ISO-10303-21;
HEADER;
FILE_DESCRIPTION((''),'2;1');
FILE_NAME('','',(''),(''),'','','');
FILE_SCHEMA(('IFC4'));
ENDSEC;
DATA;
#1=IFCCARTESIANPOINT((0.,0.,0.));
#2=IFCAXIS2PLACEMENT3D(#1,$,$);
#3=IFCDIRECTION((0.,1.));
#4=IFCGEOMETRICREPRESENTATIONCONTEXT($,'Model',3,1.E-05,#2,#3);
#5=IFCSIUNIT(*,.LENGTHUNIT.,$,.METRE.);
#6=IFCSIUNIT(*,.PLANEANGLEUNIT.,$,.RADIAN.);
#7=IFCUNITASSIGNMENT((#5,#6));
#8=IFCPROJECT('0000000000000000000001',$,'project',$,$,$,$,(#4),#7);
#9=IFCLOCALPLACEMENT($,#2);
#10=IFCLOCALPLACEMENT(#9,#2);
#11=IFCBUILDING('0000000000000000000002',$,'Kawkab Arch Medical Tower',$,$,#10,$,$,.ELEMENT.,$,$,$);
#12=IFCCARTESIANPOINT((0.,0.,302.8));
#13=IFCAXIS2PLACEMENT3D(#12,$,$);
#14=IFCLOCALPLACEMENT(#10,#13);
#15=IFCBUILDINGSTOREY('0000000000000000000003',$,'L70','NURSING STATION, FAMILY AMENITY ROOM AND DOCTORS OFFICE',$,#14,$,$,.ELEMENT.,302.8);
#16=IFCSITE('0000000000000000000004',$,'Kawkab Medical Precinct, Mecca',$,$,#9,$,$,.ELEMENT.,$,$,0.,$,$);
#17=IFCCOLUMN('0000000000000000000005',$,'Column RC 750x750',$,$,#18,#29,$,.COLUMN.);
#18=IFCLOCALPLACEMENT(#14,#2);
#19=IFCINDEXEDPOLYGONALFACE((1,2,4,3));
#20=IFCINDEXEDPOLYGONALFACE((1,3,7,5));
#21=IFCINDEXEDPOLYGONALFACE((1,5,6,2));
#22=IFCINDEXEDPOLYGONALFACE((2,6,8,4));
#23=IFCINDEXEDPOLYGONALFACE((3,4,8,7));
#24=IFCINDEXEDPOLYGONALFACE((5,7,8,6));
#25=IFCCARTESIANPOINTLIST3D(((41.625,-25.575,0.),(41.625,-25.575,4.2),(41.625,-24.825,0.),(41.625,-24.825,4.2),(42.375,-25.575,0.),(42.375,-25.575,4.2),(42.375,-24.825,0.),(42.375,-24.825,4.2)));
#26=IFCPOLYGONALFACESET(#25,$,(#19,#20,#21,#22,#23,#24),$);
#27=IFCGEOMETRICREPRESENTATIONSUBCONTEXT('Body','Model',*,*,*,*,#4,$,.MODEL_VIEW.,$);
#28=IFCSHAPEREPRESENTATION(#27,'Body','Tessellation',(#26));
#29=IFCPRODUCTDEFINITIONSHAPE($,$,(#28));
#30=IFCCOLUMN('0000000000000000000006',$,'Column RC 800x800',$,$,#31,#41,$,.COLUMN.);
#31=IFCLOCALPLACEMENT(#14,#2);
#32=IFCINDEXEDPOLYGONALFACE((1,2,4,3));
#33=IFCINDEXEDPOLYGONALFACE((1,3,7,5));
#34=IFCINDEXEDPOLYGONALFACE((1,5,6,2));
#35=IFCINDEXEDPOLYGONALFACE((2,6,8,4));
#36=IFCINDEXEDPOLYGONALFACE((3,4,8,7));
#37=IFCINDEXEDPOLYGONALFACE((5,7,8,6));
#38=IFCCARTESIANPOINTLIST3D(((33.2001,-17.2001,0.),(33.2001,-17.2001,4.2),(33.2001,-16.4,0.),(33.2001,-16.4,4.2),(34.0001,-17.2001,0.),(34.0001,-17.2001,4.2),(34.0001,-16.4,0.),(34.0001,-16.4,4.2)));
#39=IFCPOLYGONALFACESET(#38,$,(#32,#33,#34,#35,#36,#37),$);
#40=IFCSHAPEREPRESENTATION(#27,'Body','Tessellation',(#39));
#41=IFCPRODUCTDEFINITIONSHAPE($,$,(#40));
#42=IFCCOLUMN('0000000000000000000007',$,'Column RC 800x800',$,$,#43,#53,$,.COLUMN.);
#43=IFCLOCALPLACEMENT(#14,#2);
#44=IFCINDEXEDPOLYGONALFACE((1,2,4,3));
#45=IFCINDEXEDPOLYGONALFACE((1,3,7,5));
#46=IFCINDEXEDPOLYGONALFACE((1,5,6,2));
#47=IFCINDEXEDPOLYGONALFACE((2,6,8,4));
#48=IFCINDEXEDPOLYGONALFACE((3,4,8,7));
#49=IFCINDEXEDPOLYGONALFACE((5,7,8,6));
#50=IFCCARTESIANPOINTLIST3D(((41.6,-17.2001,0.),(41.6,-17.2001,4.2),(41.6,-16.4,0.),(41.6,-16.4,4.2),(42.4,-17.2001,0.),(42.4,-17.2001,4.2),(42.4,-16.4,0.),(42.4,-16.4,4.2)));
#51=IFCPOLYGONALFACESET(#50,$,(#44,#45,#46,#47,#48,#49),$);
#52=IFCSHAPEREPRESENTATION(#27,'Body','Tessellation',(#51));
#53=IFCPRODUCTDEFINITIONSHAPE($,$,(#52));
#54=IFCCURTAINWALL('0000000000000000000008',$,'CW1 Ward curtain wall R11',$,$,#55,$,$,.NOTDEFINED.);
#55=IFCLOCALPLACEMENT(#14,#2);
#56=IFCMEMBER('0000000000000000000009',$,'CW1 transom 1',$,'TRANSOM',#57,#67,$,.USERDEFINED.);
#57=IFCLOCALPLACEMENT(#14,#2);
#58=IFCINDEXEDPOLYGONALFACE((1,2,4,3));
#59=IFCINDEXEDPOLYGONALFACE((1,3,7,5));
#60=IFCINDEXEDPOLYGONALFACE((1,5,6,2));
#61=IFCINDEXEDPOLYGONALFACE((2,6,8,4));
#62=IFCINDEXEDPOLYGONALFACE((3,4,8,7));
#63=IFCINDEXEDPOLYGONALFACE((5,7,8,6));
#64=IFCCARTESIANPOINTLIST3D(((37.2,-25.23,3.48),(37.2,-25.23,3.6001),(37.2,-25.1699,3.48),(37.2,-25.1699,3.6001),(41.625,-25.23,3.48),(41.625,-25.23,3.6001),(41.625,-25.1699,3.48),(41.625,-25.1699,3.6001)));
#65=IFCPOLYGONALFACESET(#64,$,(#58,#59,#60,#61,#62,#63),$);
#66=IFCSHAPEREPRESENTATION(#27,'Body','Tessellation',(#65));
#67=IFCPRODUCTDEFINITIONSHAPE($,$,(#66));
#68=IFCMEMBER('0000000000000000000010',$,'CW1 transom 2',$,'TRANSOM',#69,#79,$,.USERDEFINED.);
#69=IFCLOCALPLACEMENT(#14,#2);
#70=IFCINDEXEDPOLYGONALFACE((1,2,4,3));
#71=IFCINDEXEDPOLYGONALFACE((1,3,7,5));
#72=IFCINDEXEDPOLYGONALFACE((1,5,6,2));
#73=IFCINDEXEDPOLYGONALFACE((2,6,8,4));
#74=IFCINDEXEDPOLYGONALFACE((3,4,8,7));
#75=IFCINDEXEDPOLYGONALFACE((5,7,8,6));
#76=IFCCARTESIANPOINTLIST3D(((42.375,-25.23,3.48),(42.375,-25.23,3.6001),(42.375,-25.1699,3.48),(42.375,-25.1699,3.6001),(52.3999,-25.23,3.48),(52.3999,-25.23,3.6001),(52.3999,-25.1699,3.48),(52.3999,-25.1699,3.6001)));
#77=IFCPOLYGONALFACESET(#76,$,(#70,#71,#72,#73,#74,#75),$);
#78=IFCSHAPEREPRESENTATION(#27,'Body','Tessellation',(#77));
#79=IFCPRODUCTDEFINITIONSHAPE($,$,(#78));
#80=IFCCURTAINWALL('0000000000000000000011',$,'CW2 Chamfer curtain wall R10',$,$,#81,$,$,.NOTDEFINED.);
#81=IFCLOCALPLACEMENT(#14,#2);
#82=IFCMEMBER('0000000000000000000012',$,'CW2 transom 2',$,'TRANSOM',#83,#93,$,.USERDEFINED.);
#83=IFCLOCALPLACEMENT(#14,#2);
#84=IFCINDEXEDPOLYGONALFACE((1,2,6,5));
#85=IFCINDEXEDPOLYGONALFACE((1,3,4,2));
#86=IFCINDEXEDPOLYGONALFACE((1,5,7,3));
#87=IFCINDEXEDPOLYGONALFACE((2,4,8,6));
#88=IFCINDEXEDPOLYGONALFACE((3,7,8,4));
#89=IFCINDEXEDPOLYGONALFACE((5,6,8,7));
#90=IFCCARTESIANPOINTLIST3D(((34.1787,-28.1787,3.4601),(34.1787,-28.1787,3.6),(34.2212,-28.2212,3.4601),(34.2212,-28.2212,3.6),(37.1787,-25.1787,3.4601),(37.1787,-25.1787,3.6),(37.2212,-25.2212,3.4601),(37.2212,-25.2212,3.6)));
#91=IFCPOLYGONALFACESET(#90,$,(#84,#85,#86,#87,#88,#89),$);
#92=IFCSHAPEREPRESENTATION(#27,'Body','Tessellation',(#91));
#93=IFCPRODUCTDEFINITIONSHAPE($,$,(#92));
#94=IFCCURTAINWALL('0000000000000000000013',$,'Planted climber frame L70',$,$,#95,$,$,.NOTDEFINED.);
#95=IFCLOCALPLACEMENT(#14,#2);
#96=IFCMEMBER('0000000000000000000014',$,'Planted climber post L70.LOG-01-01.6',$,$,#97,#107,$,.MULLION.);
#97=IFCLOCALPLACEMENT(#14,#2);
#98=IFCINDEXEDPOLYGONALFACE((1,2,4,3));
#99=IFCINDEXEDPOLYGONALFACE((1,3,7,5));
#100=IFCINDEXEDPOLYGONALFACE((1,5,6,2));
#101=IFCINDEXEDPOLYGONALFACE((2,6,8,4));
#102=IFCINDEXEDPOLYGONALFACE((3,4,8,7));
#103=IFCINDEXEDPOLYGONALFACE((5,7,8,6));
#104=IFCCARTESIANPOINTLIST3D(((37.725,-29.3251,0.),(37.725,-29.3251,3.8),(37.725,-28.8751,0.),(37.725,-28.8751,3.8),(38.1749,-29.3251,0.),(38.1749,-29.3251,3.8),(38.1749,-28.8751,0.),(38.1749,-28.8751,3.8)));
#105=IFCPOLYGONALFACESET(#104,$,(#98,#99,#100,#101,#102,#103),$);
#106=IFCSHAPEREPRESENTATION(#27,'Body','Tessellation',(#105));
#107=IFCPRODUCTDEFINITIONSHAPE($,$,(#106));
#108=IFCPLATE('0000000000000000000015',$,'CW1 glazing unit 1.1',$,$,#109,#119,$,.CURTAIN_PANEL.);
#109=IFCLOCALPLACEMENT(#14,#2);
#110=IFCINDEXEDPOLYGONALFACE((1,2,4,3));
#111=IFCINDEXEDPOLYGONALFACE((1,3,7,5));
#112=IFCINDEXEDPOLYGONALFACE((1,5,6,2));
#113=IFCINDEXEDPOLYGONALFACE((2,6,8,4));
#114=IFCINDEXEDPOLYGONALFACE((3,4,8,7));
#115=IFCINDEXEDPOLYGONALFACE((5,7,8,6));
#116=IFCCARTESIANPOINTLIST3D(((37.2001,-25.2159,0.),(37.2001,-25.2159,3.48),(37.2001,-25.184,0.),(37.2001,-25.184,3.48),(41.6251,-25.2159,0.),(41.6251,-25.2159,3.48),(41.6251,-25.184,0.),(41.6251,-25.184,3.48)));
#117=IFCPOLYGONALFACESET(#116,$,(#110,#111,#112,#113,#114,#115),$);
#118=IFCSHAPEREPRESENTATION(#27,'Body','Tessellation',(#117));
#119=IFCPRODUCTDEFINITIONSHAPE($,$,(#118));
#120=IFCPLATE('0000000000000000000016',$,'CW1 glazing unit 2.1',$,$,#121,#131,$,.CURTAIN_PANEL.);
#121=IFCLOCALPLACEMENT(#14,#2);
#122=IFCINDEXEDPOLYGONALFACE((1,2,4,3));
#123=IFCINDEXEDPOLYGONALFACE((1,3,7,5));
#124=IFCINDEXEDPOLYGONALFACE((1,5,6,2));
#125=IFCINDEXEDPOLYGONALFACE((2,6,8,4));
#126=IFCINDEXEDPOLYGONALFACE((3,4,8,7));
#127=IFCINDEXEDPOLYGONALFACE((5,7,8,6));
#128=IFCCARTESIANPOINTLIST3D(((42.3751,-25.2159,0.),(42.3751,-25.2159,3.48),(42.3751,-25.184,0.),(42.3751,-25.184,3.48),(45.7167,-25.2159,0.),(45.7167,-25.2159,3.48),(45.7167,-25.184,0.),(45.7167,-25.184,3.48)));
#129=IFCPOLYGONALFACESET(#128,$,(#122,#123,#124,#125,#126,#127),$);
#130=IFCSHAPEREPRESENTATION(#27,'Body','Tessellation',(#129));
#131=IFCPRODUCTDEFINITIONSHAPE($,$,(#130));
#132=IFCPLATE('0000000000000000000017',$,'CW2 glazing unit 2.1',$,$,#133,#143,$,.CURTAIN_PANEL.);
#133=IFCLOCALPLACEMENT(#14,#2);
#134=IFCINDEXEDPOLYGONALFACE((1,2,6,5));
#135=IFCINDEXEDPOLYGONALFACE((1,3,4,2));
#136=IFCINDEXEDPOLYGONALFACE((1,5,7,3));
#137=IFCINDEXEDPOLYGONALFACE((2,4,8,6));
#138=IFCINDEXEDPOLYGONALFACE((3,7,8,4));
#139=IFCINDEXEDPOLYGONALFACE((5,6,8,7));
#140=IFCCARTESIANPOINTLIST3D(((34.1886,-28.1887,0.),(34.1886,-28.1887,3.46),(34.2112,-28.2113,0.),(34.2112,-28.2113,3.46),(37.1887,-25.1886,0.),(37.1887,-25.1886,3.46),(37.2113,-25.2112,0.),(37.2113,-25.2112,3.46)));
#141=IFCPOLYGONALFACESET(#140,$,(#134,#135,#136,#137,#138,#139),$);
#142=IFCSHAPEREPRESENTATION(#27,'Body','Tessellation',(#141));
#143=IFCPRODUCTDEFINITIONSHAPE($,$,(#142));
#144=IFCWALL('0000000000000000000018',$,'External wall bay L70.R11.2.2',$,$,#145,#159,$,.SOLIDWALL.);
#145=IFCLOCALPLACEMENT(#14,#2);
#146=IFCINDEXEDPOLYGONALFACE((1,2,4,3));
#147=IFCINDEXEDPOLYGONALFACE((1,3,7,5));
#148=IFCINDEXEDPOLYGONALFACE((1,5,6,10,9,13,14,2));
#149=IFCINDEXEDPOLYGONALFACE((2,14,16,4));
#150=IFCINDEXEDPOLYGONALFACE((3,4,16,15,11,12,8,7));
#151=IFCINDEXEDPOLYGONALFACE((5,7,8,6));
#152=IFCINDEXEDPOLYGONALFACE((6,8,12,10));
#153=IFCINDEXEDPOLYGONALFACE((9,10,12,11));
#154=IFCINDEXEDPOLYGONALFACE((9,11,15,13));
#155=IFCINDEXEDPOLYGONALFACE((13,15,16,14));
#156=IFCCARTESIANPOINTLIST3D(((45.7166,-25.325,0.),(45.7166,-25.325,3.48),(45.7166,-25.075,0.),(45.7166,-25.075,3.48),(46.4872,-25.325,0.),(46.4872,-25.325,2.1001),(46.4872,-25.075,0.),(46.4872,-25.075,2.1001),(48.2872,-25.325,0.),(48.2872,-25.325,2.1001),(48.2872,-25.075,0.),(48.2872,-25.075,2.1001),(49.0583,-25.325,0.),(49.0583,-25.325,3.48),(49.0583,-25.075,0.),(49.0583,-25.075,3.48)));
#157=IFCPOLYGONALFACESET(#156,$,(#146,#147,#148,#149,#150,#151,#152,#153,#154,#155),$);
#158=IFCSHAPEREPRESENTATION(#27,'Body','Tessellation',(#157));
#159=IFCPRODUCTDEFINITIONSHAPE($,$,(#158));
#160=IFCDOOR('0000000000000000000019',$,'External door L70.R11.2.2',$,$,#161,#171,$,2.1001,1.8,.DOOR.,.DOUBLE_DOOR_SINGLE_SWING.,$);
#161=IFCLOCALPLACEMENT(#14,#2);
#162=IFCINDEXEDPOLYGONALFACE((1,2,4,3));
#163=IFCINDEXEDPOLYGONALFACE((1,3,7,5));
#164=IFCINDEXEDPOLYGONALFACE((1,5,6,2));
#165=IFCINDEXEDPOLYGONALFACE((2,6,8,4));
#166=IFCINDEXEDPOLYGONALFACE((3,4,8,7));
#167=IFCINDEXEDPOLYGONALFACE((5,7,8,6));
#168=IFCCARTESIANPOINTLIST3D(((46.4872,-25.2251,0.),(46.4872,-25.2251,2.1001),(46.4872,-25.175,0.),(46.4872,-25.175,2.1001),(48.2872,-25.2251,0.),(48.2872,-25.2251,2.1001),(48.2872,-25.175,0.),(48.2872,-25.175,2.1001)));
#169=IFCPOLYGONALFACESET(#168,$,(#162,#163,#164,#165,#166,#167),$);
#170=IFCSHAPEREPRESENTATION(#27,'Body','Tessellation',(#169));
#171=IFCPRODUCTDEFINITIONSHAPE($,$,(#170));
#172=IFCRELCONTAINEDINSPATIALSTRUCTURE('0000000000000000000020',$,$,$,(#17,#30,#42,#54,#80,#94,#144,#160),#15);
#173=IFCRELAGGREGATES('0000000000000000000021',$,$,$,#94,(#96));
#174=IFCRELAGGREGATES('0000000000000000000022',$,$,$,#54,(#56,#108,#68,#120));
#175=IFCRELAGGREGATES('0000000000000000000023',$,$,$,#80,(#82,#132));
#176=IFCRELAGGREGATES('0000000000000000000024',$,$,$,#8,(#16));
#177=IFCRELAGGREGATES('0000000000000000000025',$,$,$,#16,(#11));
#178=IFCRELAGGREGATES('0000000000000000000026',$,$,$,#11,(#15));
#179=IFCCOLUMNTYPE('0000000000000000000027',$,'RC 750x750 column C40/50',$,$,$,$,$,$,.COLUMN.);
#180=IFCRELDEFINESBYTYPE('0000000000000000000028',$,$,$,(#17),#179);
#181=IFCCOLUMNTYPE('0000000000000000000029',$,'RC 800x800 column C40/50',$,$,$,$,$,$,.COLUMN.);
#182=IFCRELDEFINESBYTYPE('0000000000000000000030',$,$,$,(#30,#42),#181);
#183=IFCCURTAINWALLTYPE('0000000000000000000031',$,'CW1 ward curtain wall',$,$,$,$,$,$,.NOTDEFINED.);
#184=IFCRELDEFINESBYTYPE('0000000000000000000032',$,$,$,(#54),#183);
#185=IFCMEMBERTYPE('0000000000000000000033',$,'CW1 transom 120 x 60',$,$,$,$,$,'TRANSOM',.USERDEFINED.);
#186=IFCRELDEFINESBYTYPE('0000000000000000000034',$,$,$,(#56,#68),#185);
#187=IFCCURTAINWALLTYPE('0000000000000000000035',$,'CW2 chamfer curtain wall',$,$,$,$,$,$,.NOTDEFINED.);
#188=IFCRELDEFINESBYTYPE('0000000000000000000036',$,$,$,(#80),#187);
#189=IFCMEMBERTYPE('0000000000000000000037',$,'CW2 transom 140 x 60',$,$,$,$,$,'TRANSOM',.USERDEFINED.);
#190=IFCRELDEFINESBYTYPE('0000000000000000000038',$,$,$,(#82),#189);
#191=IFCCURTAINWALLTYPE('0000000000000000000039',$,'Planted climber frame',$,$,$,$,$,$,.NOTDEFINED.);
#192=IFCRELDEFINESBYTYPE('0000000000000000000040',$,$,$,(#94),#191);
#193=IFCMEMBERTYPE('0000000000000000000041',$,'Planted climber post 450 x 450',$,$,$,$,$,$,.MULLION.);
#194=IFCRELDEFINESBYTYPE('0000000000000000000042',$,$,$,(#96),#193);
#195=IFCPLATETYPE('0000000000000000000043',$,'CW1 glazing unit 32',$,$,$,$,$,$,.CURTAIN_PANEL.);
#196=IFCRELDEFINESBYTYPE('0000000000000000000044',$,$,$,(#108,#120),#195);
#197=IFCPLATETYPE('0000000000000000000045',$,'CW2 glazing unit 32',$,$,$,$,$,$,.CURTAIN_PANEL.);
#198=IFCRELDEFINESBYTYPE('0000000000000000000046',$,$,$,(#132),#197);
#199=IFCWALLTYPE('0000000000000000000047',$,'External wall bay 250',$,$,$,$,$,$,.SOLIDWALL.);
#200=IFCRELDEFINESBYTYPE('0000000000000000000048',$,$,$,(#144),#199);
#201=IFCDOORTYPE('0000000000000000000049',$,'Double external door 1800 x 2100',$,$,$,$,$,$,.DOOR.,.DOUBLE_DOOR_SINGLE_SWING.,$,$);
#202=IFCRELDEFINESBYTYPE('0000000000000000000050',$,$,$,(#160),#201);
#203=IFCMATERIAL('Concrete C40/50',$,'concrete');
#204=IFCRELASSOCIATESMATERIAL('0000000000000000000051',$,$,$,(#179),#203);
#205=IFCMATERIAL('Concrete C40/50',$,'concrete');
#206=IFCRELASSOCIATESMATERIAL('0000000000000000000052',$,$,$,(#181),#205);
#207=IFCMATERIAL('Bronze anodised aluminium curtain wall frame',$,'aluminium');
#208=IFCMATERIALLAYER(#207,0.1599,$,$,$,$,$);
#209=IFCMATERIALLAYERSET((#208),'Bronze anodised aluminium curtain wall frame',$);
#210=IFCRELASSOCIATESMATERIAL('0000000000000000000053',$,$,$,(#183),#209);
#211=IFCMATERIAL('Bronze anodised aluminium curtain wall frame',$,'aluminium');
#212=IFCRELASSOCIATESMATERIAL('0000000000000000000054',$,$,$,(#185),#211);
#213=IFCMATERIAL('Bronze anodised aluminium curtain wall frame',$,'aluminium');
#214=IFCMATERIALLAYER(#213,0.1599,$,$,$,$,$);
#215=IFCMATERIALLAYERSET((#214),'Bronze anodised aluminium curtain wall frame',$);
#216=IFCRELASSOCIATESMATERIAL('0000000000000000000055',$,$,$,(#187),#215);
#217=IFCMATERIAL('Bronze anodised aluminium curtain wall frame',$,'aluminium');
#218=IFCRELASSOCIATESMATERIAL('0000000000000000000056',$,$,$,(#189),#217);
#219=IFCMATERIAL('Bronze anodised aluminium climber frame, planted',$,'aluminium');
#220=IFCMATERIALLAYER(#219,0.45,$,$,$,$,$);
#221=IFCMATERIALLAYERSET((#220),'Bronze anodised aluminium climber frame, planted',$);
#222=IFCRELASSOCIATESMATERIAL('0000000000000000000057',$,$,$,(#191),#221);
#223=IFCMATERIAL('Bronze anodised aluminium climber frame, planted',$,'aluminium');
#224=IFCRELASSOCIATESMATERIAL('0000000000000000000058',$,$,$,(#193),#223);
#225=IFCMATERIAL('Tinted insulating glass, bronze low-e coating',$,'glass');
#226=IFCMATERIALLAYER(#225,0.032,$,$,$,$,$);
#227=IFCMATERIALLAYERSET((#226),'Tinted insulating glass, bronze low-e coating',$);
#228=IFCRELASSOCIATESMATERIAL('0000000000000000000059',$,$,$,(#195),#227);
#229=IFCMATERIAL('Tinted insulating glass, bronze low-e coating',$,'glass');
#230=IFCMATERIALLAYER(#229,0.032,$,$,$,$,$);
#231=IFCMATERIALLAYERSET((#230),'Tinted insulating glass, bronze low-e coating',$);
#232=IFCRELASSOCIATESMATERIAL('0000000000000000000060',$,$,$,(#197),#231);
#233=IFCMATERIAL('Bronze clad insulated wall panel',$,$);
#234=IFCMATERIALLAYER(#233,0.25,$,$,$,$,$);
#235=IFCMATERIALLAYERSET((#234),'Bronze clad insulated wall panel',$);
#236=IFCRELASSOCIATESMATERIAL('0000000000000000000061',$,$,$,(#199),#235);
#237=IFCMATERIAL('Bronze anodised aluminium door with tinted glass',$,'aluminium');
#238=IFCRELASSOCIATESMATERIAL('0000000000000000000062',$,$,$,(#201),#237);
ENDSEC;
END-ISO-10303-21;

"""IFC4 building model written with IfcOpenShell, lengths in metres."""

from ifc_helpers import new_model, si_unit, direction, frame, frame_2d, origin, origin_2d, place, context, subcontext, project, spatial, rectangle, extrude, material, layer, layer_set, material_profile, profile_set, type_object, element, fill, aggregate, save


model = new_model("IFC4")

# Units and contexts
model_context = context("Model", 3, precision=1e-05, world=origin(), true_north=direction((0.0, 1.0)))
body_context = subcontext(model_context, "Body", "Model", "MODEL_VIEW")
ifc_project = project(units=[si_unit("LENGTHUNIT", "METRE"), si_unit("PLANEANGLEUNIT", "RADIAN")], contexts=[model_context])

# Site, building, storey
site_placement = place(None, origin())
site = spatial("IfcSite", under=ifc_project, at=site_placement, Name="Kawkab Medical Precinct, Mecca", CompositionType="ELEMENT", RefElevation=0.0)
building_placement = place(site_placement, origin())
building = spatial("IfcBuilding", under=site, at=building_placement, Name="Kawkab Arch Medical Tower", CompositionType="ELEMENT")
storey_placement = place(building_placement, frame((0.0, 0.0, 302.8)))
storey = spatial("IfcBuildingStorey", under=building, at=storey_placement, Name="L70", Description="NURSING STATION, FAMILY AMENITY ROOM AND DOCTORS OFFICE", CompositionType="ELEMENT", Elevation=302.8)

# Columns
ifc_material_1 = material(Name="Concrete C40/50", Category="concrete")
ifc_material_profile_1 = material_profile(ifc_material_1, rectangle(XDim=0.75, YDim=0.75, at=origin_2d()), Name="RC 750x750")
ifc_profile_set_1 = profile_set([ifc_material_profile_1], Name="Concrete C40/50")
column_type_1 = type_object("IfcColumnType", Name="RC 750x750 column C40/50", PredefinedType="COLUMN", material=ifc_profile_set_1)
column_placement = place(storey_placement, frame((42.0, -25.2, 0.0), z_axis=(0.0, 0.0, 1.0), x_axis=(1.0, 0.0, 0.0)))
element("IfcColumn", 1, at=column_placement, inside=storey, type_object=column_type_1, Name="Column RC 750x750", PredefinedType="COLUMN", context=body_context, shape_type="SweptSolid", body=[
    extrude(rectangle(XDim=0.75, YDim=0.75, at=origin_2d()), origin(), (0.0, 0.0, 1.0), 4.2),
])
ifc_material_2 = material(Name="Concrete C40/50", Category="concrete")
ifc_material_profile_2 = material_profile(ifc_material_2, rectangle(XDim=0.8, YDim=0.8, at=origin_2d()), Name="RC 800x800")
ifc_profile_set_2 = profile_set([ifc_material_profile_2], Name="Concrete C40/50")
column_type_2 = type_object("IfcColumnType", Name="RC 800x800 column C40/50", PredefinedType="COLUMN", material=ifc_profile_set_2)
for number, where, z_axis, x_axis, name in (
    (2, (33.6001, -16.8, 0.0), (0.0, 0.0, 1.0), (1.0, 0.0, 0.0), "Column RC 800x800"),
    (3, (42.0, -16.8, 0.0), (0.0, 0.0, 1.0), (1.0, 0.0, 0.0), "Column RC 800x800"),
):
    element("IfcColumn", number, at=place(storey_placement, frame(where, z_axis=z_axis, x_axis=x_axis)), inside=storey, type_object=column_type_2, Name=name, PredefinedType="COLUMN", context=body_context, shape_type="SweptSolid", body=[
        extrude(rectangle(XDim=0.8, YDim=0.8, at=origin_2d()), origin(), (0.0, 0.0, 1.0), 4.2),
    ])

# Curtain wall, members
ifc_material_3 = material(Name="Bronze anodised aluminium curtain wall frame", Category="aluminium")
ifc_layer_1 = layer(ifc_material_3, 0.1599)
ifc_layer_set_1 = layer_set([ifc_layer_1], Name="Bronze anodised aluminium curtain wall frame")
curtain_wall_type_1 = type_object("IfcCurtainWallType", Name="CW1 ward curtain wall", PredefinedType="NOTDEFINED", material=ifc_layer_set_1)
placement = place(storey_placement, origin())
curtain_wall_1 = element("IfcCurtainWall", 4, at=placement, inside=storey, type_object=curtain_wall_type_1, Name="CW1 Ward curtain wall R11", PredefinedType="NOTDEFINED")
ifc_material_4 = material(Name="Bronze anodised aluminium curtain wall frame", Category="aluminium")
ifc_material_profile_3 = material_profile(ifc_material_4, rectangle(XDim=0.0601, YDim=0.1201, at=origin_2d()), Name="AL 60x120")
ifc_profile_set_3 = profile_set([ifc_material_profile_3], Name="Bronze anodised aluminium curtain wall frame")
member_type_1 = type_object("IfcMemberType", Name="CW1 transom 120 x 60", ElementType="TRANSOM", PredefinedType="USERDEFINED", material=ifc_profile_set_3)
member_1_placement = place(storey_placement, frame((37.2, -25.2, 3.54), z_axis=(1.0, 0.0, 0.0), x_axis=(0.0, 1.0, 0.0)))
member_1 = element("IfcMember", 5, at=member_1_placement, type_object=member_type_1, Name="CW1 transom 1", ObjectType="TRANSOM", PredefinedType="USERDEFINED", context=body_context, shape_type="SweptSolid", body=[
    extrude(rectangle(XDim=0.0601, YDim=0.1201, at=origin_2d()), origin(), (0.0, 0.0, 1.0), 4.425),
])
member_2_placement = place(storey_placement, frame((42.375, -25.2, 3.54), z_axis=(1.0, 0.0, 0.0), x_axis=(0.0, 1.0, 0.0)))
member_2 = element("IfcMember", 6, at=member_2_placement, type_object=member_type_1, Name="CW1 transom 2", ObjectType="TRANSOM", PredefinedType="USERDEFINED", context=body_context, shape_type="SweptSolid", body=[
    extrude(rectangle(XDim=0.0601, YDim=0.1201, at=origin_2d()), origin(), (0.0, 0.0, 1.0), 10.0249),
])

# Curtain walls, members
ifc_material_5 = material(Name="Bronze anodised aluminium curtain wall frame", Category="aluminium")
ifc_layer_2 = layer(ifc_material_5, 0.1599)
ifc_layer_set_2 = layer_set([ifc_layer_2], Name="Bronze anodised aluminium curtain wall frame")
curtain_wall_type_2 = type_object("IfcCurtainWallType", Name="CW2 chamfer curtain wall", PredefinedType="NOTDEFINED", material=ifc_layer_set_2)
curtain_wall_2 = element("IfcCurtainWall", 7, at=placement, inside=storey, type_object=curtain_wall_type_2, Name="CW2 Chamfer curtain wall R10", PredefinedType="NOTDEFINED")
ifc_material_6 = material(Name="Bronze anodised aluminium curtain wall frame", Category="aluminium")
ifc_material_profile_4 = material_profile(ifc_material_6, rectangle(XDim=0.0601, YDim=0.1399, at=origin_2d()), Name="AL 60x140")
ifc_profile_set_4 = profile_set([ifc_material_profile_4], Name="Bronze anodised aluminium curtain wall frame")
member_type_2 = type_object("IfcMemberType", Name="CW2 transom 140 x 60", ElementType="TRANSOM", PredefinedType="USERDEFINED", material=ifc_profile_set_4)
member_3_placement = place(storey_placement, frame((34.2, -28.2, 3.53), z_axis=(0.707107, 0.707107, 0.0), x_axis=(-0.707107, 0.707107, 0.0)))
member_3 = element("IfcMember", 8, at=member_3_placement, type_object=member_type_2, Name="CW2 transom 2", ObjectType="TRANSOM", PredefinedType="USERDEFINED", context=body_context, shape_type="SweptSolid", body=[
    extrude(rectangle(XDim=0.0601, YDim=0.1399, at=origin_2d()), origin(), (0.0, 0.0, 1.0), 4.2427),
])
ifc_material_7 = material(Name="Bronze anodised aluminium climber frame, planted", Category="aluminium")
ifc_layer_3 = layer(ifc_material_7, 0.45)
ifc_layer_set_3 = layer_set([ifc_layer_3], Name="Bronze anodised aluminium climber frame, planted")
curtain_wall_type_3 = type_object("IfcCurtainWallType", Name="Planted climber frame", PredefinedType="NOTDEFINED", material=ifc_layer_set_3)
curtain_wall_3 = element("IfcCurtainWall", 9, at=placement, inside=storey, type_object=curtain_wall_type_3, Name="Planted climber frame L70", PredefinedType="NOTDEFINED")
ifc_material_8 = material(Name="Bronze anodised aluminium climber frame, planted", Category="aluminium")
ifc_material_profile_5 = material_profile(ifc_material_8, rectangle(XDim=0.45, YDim=0.45, at=origin_2d()), Name="Post 450x450")
ifc_profile_set_5 = profile_set([ifc_material_profile_5], Name="Bronze anodised aluminium climber frame, planted")
member_type_3 = type_object("IfcMemberType", Name="Planted climber post 450 x 450", PredefinedType="MULLION", material=ifc_profile_set_5)
member_4_placement = place(storey_placement, frame((37.95, -29.1001, 0.0), z_axis=(0.0, 0.0, 1.0), x_axis=(1.0, 0.0, 0.0)))
member_4 = element("IfcMember", 10, at=member_4_placement, type_object=member_type_3, Name="Planted climber post L70.LOG-01-01.6", PredefinedType="MULLION", context=body_context, shape_type="SweptSolid", body=[
    extrude(rectangle(XDim=0.45, YDim=0.45, at=origin_2d()), origin(), (0.0, 0.0, 1.0), 3.8),
])
aggregate(curtain_wall_3, [member_4])

# Plates
ifc_material_9 = material(Name="Tinted insulating glass, bronze low-e coating", Category="glass")
ifc_layer_4 = layer(ifc_material_9, 0.032)
ifc_layer_set_4 = layer_set([ifc_layer_4], Name="Tinted insulating glass, bronze low-e coating")
plate_type_1 = type_object("IfcPlateType", Name="CW1 glazing unit 32", PredefinedType="CURTAIN_PANEL", material=ifc_layer_set_4)
plate_1_placement = place(storey_placement, frame((39.4126, -25.2, 0.0), z_axis=(0.0, 0.0, 1.0), x_axis=(1.0, 0.0, 0.0)))
plate_1 = element("IfcPlate", 11, at=plate_1_placement, type_object=plate_type_1, Name="CW1 glazing unit 1.1", PredefinedType="CURTAIN_PANEL", context=body_context, shape_type="SweptSolid", body=[
    extrude(rectangle(XDim=4.425, YDim=0.032, at=origin_2d()), origin(), (0.0, 0.0, 1.0), 3.48),
])
plate_2_placement = place(storey_placement, frame((44.0459, -25.2, 0.0), z_axis=(0.0, 0.0, 1.0), x_axis=(1.0, 0.0, 0.0)))
plate_2 = element("IfcPlate", 12, at=plate_2_placement, type_object=plate_type_1, Name="CW1 glazing unit 2.1", PredefinedType="CURTAIN_PANEL", context=body_context, shape_type="SweptSolid", body=[
    extrude(rectangle(XDim=3.3416, YDim=0.032, at=origin_2d()), origin(), (0.0, 0.0, 1.0), 3.48),
])
aggregate(curtain_wall_1, [member_1, plate_1, member_2, plate_2])
ifc_material_10 = material(Name="Tinted insulating glass, bronze low-e coating", Category="glass")
ifc_layer_5 = layer(ifc_material_10, 0.032)
ifc_layer_set_5 = layer_set([ifc_layer_5], Name="Tinted insulating glass, bronze low-e coating")
plate_type_2 = type_object("IfcPlateType", Name="CW2 glazing unit 32", PredefinedType="CURTAIN_PANEL", material=ifc_layer_set_5)
plate_3_placement = place(storey_placement, frame((35.7, -26.7, 0.0), z_axis=(0.0, 0.0, 1.0), x_axis=(0.707107, 0.707107, 0.0)))
plate_3 = element("IfcPlate", 13, at=plate_3_placement, type_object=plate_type_2, Name="CW2 glazing unit 2.1", PredefinedType="CURTAIN_PANEL", context=body_context, shape_type="SweptSolid", body=[
    extrude(rectangle(XDim=4.2427, YDim=0.032, at=origin_2d()), origin(), (0.0, 0.0, 1.0), 3.46),
])
aggregate(curtain_wall_2, [member_3, plate_3])

# Wall, opening, door
ifc_material_11 = material(Name="Bronze clad insulated wall panel")
ifc_layer_6 = layer(ifc_material_11, 0.25)
ifc_layer_set_6 = layer_set([ifc_layer_6], Name="Bronze clad insulated wall panel")
wall_type_1 = type_object("IfcWallType", Name="External wall bay 250", PredefinedType="SOLIDWALL", material=ifc_layer_set_6)
wall_1_placement = place(storey_placement, frame((45.7166, -25.2, 0.0), z_axis=(0.0, 0.0, 1.0), x_axis=(1.0, 0.0, 0.0)))
wall_1 = element("IfcWall", 14, at=wall_1_placement, inside=storey, type_object=wall_type_1, Name="External wall bay L70.R11.2.2", PredefinedType="SOLIDWALL", context=body_context, shape_type="SweptSolid", body=[
    extrude(rectangle(XDim=3.3418, YDim=0.25, at=frame_2d((1.6709, 0.0))), origin(), (0.0, 0.0, 1.0), 3.48),
])
opening_1_placement = place(wall_1_placement, frame((0.7708, 0.0, 0.0)))
opening_1 = element("IfcOpeningElement", 15, at=opening_1_placement, cuts=wall_1, PredefinedType="OPENING", context=body_context, shape_type="SweptSolid", body=[
    extrude(rectangle(XDim=1.8, YDim=2.1001, at=frame_2d((0.8999, 1.05))), frame((0.0, 0.135, 0.0), z_axis=(0.0, -1.0, 0.0), x_axis=(1.0, 0.0, 0.0)), (0.0, 0.0, 1.0), 0.27),
])
ifc_material_12 = material(Name="Bronze anodised aluminium door with tinted glass", Category="aluminium")
door_type_1 = type_object("IfcDoorType", Name="Double external door 1800 x 2100", OperationType="DOUBLE_DOOR_SINGLE_SWING", PredefinedType="DOOR", material=ifc_material_12)
door_1_placement = place(opening_1_placement, origin())
door_1 = element("IfcDoor", 16, at=door_1_placement, inside=storey, type_object=door_type_1, Name="External door L70.R11.2.2", OperationType="DOUBLE_DOOR_SINGLE_SWING", OverallHeight=2.1001, OverallWidth=1.8, PredefinedType="DOOR", context=body_context, shape_type="SweptSolid", body=[
    extrude(rectangle(XDim=1.8, YDim=2.1001, at=frame_2d((0.8999, 1.05))), frame((0.0, 0.0249, 0.0), z_axis=(0.0, -1.0, 0.0), x_axis=(1.0, 0.0, 0.0)), (0.0, 0.0, 1.0), 0.05),
])
fill(opening_1, door_1)

save(model, "model.ifc")
